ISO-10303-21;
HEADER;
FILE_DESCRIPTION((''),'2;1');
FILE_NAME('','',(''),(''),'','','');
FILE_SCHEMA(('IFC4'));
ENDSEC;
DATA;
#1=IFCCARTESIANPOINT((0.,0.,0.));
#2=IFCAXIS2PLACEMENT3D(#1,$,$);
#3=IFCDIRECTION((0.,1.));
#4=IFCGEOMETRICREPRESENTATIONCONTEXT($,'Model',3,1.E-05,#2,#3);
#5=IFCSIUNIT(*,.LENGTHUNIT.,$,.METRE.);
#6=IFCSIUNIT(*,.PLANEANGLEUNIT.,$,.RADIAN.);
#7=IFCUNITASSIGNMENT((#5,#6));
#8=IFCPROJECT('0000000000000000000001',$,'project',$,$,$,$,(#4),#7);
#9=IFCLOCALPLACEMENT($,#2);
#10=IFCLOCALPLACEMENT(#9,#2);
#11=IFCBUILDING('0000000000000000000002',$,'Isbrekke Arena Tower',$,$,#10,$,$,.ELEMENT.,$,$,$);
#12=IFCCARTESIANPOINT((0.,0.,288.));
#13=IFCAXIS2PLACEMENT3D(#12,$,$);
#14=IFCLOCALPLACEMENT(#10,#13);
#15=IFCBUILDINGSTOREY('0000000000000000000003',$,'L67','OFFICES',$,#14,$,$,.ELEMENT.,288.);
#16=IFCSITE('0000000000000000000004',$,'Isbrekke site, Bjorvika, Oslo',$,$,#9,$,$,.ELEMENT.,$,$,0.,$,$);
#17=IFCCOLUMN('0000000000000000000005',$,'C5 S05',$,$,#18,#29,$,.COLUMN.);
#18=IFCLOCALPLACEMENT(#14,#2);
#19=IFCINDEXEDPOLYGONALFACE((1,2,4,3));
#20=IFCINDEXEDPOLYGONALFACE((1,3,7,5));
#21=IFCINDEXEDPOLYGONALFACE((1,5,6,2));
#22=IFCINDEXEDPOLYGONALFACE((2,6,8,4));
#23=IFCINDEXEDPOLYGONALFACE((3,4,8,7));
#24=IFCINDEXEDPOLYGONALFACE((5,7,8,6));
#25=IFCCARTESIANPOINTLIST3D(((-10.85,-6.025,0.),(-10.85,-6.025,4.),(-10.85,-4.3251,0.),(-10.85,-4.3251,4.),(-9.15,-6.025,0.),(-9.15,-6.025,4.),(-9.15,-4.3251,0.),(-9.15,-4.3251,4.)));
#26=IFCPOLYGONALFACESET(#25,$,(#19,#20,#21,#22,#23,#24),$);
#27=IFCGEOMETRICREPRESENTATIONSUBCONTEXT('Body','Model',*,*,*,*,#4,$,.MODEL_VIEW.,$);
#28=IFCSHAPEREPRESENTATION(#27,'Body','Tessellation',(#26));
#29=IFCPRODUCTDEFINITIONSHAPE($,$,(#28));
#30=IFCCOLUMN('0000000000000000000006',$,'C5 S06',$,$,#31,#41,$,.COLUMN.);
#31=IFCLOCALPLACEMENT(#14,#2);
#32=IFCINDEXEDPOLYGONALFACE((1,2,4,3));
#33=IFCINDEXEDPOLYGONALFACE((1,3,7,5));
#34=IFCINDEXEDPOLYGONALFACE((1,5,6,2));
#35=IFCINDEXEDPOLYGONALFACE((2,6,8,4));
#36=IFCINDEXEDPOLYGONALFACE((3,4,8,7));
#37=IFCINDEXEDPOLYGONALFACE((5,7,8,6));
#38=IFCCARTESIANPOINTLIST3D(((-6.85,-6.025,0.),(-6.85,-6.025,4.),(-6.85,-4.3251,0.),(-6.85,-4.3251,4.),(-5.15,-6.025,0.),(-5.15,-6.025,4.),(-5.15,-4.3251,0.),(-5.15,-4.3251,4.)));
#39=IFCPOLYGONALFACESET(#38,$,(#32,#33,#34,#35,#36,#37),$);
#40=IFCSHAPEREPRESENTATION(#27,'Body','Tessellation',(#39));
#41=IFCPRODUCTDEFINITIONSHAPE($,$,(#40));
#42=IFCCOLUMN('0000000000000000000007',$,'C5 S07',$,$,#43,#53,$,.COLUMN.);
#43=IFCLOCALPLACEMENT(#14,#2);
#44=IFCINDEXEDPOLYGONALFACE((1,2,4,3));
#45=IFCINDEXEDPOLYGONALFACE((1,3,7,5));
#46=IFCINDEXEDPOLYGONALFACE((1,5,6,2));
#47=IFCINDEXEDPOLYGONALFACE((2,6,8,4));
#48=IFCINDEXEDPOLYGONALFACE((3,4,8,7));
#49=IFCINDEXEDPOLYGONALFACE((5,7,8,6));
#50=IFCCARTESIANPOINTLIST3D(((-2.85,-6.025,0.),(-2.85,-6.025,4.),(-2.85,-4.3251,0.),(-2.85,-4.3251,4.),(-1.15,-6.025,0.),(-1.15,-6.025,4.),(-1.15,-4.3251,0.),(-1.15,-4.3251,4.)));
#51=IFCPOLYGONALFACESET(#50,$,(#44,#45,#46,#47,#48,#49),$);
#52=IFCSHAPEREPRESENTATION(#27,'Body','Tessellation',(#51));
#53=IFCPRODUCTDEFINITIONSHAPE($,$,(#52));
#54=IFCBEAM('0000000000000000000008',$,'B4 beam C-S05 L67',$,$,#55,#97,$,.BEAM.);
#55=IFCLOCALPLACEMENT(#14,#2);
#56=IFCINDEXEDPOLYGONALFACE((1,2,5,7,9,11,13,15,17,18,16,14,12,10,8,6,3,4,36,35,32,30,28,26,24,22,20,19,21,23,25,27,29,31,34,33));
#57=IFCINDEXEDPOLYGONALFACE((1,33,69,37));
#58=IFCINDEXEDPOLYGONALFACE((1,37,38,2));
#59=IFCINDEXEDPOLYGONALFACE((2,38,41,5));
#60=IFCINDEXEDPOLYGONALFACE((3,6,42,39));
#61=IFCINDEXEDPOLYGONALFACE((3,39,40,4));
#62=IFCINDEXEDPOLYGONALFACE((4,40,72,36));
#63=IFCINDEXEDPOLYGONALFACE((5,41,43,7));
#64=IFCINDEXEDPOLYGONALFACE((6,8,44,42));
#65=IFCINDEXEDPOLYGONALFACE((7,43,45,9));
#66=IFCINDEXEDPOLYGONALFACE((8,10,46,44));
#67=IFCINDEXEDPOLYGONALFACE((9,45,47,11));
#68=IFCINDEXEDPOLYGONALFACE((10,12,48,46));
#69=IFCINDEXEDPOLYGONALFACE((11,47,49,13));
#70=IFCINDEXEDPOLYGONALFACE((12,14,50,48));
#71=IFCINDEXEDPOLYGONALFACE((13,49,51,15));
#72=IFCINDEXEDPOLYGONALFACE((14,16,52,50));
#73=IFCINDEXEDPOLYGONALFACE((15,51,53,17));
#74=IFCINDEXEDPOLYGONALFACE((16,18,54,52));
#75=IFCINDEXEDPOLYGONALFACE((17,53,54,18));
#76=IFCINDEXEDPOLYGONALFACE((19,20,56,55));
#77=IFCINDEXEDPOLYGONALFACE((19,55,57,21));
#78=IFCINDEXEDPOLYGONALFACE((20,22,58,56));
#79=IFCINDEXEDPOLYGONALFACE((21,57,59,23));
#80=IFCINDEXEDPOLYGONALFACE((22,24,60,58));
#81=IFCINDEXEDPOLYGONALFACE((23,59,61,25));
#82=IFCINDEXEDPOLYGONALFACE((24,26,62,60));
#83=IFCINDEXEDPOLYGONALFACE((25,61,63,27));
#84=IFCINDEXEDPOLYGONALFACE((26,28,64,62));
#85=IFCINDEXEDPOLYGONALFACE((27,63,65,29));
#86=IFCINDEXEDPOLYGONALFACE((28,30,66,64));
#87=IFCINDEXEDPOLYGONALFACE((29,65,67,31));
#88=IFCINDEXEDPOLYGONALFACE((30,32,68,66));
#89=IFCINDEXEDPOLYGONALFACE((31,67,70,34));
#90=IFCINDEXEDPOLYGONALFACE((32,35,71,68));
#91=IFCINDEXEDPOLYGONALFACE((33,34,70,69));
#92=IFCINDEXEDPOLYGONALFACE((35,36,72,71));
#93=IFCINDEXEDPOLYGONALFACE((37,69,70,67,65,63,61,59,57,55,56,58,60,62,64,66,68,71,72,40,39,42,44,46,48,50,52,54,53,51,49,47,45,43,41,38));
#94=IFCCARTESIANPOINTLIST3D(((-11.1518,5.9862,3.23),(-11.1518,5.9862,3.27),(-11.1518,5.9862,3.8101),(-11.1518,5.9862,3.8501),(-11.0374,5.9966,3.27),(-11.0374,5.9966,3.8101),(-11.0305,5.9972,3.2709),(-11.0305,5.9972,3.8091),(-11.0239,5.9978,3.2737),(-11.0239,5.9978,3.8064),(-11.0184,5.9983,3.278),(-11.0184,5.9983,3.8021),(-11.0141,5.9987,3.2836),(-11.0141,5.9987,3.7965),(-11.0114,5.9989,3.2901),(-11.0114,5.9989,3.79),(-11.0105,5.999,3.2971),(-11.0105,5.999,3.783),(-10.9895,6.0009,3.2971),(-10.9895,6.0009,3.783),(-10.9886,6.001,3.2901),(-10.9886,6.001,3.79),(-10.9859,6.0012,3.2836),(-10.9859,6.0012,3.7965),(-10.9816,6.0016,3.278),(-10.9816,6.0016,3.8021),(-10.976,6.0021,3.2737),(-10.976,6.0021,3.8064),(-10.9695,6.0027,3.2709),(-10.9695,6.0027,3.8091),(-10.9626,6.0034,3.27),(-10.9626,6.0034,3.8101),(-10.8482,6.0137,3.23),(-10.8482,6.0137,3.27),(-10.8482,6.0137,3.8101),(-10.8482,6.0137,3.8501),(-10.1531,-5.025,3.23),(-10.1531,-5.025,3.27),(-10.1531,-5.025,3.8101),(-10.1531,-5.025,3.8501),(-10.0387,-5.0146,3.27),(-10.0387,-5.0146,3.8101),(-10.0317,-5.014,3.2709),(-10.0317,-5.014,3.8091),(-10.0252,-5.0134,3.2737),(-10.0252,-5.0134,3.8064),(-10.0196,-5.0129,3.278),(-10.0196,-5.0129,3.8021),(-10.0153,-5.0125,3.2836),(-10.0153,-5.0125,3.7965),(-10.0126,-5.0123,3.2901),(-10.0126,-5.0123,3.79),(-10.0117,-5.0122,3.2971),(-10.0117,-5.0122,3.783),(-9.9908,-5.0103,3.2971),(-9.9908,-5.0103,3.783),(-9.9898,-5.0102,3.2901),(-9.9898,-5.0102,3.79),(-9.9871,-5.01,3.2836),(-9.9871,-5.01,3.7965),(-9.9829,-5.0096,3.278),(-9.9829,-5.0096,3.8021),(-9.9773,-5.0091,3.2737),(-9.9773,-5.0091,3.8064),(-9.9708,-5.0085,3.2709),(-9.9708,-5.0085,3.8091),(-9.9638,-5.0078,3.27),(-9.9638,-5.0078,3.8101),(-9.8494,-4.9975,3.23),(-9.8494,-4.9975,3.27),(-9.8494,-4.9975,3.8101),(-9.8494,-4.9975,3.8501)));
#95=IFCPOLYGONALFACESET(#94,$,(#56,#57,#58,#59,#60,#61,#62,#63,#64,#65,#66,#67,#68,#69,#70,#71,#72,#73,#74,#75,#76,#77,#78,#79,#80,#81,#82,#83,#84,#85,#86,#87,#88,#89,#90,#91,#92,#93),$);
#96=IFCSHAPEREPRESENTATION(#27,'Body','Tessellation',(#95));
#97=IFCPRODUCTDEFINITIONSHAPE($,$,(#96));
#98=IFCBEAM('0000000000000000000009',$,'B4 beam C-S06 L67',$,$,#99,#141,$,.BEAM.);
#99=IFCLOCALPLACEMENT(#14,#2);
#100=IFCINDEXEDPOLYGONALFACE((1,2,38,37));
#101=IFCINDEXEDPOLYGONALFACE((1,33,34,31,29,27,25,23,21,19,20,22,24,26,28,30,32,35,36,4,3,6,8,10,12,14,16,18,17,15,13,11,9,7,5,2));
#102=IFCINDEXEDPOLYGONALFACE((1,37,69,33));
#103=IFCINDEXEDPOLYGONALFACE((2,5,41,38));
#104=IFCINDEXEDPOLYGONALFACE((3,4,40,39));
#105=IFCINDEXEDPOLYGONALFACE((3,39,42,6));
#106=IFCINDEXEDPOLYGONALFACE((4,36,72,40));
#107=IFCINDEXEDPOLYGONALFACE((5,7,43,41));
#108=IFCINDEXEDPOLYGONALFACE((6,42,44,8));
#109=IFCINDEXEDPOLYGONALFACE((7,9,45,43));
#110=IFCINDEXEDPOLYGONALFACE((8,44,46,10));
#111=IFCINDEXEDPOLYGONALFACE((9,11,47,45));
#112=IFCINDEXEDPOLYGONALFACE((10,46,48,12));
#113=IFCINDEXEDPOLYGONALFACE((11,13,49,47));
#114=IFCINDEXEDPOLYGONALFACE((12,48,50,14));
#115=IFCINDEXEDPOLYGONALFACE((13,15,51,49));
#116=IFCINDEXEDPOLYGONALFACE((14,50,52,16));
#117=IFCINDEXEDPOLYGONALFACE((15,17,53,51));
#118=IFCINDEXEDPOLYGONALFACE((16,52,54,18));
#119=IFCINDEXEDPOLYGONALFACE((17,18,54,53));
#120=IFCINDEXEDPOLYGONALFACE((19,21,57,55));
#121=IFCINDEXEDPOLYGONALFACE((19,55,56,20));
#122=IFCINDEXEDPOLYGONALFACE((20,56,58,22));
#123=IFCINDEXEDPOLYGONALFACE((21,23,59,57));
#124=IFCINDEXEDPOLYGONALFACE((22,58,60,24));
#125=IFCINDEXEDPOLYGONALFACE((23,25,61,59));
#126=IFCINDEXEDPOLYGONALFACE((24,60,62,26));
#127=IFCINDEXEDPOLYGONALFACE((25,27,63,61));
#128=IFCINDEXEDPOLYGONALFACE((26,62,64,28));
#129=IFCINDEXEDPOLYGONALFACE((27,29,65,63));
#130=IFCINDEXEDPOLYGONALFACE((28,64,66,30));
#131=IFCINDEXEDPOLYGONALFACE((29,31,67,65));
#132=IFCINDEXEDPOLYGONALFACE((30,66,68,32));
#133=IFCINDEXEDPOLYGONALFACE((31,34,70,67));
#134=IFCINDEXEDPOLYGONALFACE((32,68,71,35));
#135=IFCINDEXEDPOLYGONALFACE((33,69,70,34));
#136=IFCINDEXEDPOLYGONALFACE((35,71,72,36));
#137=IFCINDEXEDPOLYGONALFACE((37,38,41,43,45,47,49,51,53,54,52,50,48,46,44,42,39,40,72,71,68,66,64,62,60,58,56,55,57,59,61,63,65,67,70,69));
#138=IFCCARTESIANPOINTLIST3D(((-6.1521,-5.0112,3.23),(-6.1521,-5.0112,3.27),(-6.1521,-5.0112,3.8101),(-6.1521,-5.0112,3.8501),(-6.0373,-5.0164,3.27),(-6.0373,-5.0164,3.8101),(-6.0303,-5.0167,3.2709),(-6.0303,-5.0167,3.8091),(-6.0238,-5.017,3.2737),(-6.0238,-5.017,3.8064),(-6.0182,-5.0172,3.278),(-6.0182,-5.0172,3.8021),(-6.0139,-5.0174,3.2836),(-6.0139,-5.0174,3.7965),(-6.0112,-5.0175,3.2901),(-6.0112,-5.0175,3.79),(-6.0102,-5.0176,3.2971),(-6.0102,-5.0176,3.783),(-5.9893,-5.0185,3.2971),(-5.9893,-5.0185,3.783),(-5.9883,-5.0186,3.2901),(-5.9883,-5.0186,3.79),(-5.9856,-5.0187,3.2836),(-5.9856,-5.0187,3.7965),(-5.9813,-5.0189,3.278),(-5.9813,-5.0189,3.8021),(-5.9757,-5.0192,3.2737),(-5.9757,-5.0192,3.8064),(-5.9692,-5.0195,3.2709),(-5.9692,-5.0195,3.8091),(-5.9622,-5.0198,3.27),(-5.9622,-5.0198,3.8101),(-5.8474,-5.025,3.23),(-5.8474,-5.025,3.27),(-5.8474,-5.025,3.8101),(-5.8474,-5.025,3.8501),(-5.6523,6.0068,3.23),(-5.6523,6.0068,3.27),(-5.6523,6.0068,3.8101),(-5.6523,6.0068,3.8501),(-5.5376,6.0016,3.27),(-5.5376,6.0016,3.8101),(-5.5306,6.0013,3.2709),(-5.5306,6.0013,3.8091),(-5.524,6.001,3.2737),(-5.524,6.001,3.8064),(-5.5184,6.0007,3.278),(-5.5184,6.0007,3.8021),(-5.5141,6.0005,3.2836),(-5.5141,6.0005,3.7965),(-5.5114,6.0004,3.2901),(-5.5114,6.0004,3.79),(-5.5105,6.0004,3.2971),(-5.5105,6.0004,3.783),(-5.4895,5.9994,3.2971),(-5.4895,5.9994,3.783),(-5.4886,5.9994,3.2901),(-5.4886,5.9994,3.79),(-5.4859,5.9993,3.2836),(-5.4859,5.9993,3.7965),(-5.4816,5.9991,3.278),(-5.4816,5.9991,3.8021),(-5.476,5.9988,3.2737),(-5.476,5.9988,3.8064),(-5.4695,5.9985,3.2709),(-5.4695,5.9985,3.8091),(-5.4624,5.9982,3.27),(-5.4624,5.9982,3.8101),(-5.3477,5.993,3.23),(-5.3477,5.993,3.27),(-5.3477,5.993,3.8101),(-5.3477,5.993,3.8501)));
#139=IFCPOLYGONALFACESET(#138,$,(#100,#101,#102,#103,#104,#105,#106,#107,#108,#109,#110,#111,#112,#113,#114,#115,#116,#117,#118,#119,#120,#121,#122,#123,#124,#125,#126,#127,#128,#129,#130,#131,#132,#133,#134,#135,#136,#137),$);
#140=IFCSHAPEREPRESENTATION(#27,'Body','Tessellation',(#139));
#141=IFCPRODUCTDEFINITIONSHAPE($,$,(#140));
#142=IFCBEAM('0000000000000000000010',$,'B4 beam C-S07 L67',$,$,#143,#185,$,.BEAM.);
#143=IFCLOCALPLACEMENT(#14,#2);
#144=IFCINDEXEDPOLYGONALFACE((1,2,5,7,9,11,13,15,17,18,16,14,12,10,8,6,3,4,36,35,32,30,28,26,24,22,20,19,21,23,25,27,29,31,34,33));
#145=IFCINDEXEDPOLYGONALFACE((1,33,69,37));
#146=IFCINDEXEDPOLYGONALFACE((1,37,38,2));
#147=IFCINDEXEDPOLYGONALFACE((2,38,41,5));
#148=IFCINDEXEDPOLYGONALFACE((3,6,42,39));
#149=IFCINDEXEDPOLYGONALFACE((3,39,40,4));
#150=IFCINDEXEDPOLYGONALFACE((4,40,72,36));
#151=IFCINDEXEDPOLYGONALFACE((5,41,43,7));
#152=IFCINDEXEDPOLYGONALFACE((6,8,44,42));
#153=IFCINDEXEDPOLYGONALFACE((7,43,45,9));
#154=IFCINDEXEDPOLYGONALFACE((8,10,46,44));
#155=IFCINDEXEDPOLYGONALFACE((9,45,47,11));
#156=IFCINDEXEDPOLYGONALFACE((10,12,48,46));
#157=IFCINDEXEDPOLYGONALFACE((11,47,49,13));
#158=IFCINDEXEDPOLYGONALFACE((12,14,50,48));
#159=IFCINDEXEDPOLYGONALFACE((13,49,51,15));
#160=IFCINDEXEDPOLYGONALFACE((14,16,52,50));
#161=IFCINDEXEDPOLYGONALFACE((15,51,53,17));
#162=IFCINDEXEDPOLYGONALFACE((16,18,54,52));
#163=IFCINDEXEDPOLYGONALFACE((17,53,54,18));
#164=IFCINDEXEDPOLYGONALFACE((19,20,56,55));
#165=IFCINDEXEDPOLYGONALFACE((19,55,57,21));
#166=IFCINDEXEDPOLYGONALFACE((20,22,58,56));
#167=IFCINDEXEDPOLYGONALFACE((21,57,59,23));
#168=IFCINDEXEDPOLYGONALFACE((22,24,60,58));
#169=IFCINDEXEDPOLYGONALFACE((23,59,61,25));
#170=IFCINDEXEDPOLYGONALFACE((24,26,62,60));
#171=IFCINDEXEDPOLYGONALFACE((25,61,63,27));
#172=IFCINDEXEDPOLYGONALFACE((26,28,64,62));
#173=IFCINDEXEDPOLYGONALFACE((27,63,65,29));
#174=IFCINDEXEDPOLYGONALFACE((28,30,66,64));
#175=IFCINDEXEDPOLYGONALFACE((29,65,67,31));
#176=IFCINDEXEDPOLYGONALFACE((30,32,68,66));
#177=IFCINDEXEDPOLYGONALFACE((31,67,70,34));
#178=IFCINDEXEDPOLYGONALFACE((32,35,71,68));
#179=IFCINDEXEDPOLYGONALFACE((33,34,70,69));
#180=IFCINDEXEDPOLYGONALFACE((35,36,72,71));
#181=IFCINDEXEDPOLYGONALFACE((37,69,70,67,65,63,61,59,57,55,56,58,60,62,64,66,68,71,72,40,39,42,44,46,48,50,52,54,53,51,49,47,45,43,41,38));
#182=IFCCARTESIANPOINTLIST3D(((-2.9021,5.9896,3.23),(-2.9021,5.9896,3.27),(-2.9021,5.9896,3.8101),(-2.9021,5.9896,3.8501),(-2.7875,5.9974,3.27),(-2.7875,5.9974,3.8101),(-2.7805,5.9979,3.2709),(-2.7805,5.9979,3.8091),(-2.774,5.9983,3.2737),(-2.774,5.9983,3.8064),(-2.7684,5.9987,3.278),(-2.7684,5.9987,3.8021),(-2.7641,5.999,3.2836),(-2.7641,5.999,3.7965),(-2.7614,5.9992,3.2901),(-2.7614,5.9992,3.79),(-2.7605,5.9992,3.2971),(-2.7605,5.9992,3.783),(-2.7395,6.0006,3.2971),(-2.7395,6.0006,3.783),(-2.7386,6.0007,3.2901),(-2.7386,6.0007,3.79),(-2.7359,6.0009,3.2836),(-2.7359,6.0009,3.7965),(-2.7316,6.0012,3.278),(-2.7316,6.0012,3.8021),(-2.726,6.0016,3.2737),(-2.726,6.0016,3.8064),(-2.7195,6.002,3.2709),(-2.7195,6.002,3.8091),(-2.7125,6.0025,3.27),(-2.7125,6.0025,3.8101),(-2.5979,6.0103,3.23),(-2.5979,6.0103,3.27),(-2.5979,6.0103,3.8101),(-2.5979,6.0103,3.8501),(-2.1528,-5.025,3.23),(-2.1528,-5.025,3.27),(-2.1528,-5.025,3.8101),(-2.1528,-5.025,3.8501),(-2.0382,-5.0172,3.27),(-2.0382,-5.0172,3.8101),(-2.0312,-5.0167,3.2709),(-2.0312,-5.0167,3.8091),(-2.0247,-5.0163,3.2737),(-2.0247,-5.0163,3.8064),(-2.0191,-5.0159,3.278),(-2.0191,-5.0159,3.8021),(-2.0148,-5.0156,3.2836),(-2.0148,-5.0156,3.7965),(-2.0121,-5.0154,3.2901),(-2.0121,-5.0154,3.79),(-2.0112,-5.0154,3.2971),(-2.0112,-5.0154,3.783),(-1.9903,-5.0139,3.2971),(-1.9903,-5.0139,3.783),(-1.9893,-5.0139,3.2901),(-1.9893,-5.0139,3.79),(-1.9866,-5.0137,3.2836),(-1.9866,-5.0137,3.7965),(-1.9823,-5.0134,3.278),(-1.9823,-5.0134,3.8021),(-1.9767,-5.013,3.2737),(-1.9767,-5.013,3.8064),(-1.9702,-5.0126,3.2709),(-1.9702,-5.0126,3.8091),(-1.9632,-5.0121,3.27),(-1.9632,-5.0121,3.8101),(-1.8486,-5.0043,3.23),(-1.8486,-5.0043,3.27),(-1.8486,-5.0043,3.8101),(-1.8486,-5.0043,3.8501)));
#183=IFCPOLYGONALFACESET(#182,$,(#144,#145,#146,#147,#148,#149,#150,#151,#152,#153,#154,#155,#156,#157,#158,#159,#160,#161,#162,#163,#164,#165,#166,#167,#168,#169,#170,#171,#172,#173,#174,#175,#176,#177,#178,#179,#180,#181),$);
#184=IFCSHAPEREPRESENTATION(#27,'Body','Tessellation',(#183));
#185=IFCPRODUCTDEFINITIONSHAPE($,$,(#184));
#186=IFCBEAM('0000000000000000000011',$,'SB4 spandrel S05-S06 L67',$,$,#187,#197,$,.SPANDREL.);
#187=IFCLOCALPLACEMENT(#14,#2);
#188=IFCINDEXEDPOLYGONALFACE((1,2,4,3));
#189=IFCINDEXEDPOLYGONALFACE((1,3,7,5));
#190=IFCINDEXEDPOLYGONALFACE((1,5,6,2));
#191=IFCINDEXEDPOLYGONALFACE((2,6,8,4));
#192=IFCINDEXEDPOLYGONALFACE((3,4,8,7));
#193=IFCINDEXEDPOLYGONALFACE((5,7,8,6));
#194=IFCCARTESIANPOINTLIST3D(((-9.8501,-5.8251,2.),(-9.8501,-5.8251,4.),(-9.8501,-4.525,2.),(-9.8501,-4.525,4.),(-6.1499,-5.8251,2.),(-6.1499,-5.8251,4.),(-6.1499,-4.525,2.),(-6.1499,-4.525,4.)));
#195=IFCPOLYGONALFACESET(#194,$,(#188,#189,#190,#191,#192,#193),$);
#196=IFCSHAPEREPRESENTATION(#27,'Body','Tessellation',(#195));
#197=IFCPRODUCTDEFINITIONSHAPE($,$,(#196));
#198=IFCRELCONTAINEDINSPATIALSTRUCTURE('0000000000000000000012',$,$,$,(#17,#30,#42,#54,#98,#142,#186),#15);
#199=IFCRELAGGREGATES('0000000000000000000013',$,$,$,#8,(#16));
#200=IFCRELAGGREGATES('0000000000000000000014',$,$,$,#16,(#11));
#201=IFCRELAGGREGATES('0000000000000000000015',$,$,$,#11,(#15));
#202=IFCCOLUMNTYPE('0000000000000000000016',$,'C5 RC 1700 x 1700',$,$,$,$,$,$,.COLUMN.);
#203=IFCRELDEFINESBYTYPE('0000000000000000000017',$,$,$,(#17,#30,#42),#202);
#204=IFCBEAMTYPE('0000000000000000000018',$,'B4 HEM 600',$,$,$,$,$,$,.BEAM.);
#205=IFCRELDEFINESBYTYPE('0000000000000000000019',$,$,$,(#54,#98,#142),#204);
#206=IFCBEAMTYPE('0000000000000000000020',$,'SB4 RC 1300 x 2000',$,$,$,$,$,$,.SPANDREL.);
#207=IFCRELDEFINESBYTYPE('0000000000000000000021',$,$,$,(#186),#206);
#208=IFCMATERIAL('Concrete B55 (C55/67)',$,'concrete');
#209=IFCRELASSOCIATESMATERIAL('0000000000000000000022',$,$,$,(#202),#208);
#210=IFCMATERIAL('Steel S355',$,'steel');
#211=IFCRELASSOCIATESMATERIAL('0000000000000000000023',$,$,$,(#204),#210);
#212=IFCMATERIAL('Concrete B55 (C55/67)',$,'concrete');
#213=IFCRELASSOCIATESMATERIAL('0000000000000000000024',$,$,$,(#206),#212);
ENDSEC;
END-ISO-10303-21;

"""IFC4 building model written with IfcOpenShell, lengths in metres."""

from ifc_helpers import new_model, si_unit, direction, frame, origin, origin_2d, place, context, subcontext, project, spatial, rectangle, i_section, extrude, material, material_profile, profile_set, type_object, element, save


model = new_model("IFC4")

# Units and contexts
model_context = context("Model", 3, precision=1e-05, world=origin(), true_north=direction((0.0, 1.0)))
body_context = subcontext(model_context, "Body", "Model", "MODEL_VIEW")
ifc_project = project(units=[si_unit("LENGTHUNIT", "METRE"), si_unit("PLANEANGLEUNIT", "RADIAN")], contexts=[model_context])

# Site, building, storey
site_placement = place(None, origin())
site = spatial("IfcSite", under=ifc_project, at=site_placement, Name="Isbrekke site, Bjorvika, Oslo", CompositionType="ELEMENT", RefElevation=0.0)
building_placement = place(site_placement, origin())
building = spatial("IfcBuilding", under=site, at=building_placement, Name="Isbrekke Arena Tower", CompositionType="ELEMENT")
storey_placement = place(building_placement, frame((0.0, 0.0, 288.0)))
storey = spatial("IfcBuildingStorey", under=building, at=storey_placement, Name="L67", Description="OFFICES", CompositionType="ELEMENT", Elevation=288.0)

# Columns
ifc_material_1 = material(Name="Concrete B55 (C55/67)", Category="concrete")
ifc_material_profile_1 = material_profile(ifc_material_1, rectangle(XDim=1.7, YDim=1.7, at=origin_2d()), Name="RC 1700x1700")
ifc_profile_set_1 = profile_set([ifc_material_profile_1], Name="Concrete B55 (C55/67)")
column_type = type_object("IfcColumnType", Name="C5 RC 1700 x 1700", PredefinedType="COLUMN", material=ifc_profile_set_1)
for number, where, z_axis, x_axis, name in (
    (1, (-10.0, -5.175, 0.0), (0.0, 0.0, 1.0), (1.0, 0.0, 0.0), "C5 S05"),
    (2, (-6.0, -5.175, 0.0), (0.0, 0.0, 1.0), (1.0, 0.0, 0.0), "C5 S06"),
    (3, (-2.0, -5.175, 0.0), (0.0, 0.0, 1.0), (1.0, 0.0, 0.0), "C5 S07"),
):
    element("IfcColumn", number, at=place(storey_placement, frame(where, z_axis=z_axis, x_axis=x_axis)), inside=storey, type_object=column_type, Name=name, PredefinedType="COLUMN", context=body_context, shape_type="SweptSolid", body=[
        extrude(rectangle(XDim=1.7, YDim=1.7, at=origin_2d()), origin(), (0.0, 0.0, 1.0), 4.0),
    ])

# Beams
ifc_material_2 = material(Name="Steel S355", Category="steel")
ifc_material_profile_2 = material_profile(ifc_material_2, i_section(OverallWidth=0.3049, OverallDepth=0.6201, WebThickness=0.021, FlangeThickness=0.04, FilletRadius=0.0271, at=origin_2d()), Name="HEM 600")
ifc_profile_set_2 = profile_set([ifc_material_profile_2], Name="Steel S355")
beam_type_1 = type_object("IfcBeamType", Name="B4 HEM 600", PredefinedType="BEAM", material=ifc_profile_set_2)
beam_1_placement = place(storey_placement, frame((-10.0012, -5.0112, 3.54), z_axis=(-0.090335, 0.995911, 0.0), x_axis=(-0.995911, -0.090335, 0.0)))
element("IfcBeam", 4, at=beam_1_placement, inside=storey, type_object=beam_type_1, Name="B4 beam C-S05 L67", PredefinedType="BEAM", context=body_context, shape_type="SweptSolid", body=[
    extrude(i_section(OverallWidth=0.3049, OverallDepth=0.6201, WebThickness=0.021, FlangeThickness=0.04, FilletRadius=0.0271, at=origin_2d()), origin(), (0.0, 0.0, 1.0), 11.0564),
])
beam_2_placement = place(storey_placement, frame((-5.9998, -5.0181, 3.54), z_axis=(0.045311, 0.998973, 0.0), x_axis=(-0.998973, 0.045311, 0.0)))
element("IfcBeam", 5, at=beam_2_placement, inside=storey, type_object=beam_type_1, Name="B4 beam C-S06 L67", PredefinedType="BEAM", context=body_context, shape_type="SweptSolid", body=[
    extrude(i_section(OverallWidth=0.3049, OverallDepth=0.6201, WebThickness=0.021, FlangeThickness=0.04, FilletRadius=0.0271, at=origin_2d()), origin(), (0.0, 0.0, 1.0), 11.0293),
])
beam_3_placement = place(storey_placement, frame((-2.0007, -5.0146, 3.54), z_axis=(-0.067868, 0.997694, 0.0), x_axis=(-0.997694, -0.067868, 0.0)))
element("IfcBeam", 6, at=beam_3_placement, inside=storey, type_object=beam_type_1, Name="B4 beam C-S07 L67", PredefinedType="BEAM", context=body_context, shape_type="SweptSolid", body=[
    extrude(i_section(OverallWidth=0.3049, OverallDepth=0.6201, WebThickness=0.021, FlangeThickness=0.04, FilletRadius=0.0271, at=origin_2d()), origin(), (0.0, 0.0, 1.0), 11.04),
])
ifc_material_3 = material(Name="Concrete B55 (C55/67)", Category="concrete")
ifc_material_profile_3 = material_profile(ifc_material_3, rectangle(XDim=1.3, YDim=2.0, at=origin_2d()), Name="RC 1300x2000")
ifc_profile_set_3 = profile_set([ifc_material_profile_3], Name="Concrete B55 (C55/67)")
beam_type_2 = type_object("IfcBeamType", Name="SB4 RC 1300 x 2000", PredefinedType="SPANDREL", material=ifc_profile_set_3)
for number, where, z_axis, x_axis, name in (
    (7, (-9.8501, -5.175, 3.0), (1.0, 0.0, 0.0), (0.0, 1.0, 0.0), "SB4 spandrel S05-S06 L67"),
):
    element("IfcBeam", number, at=place(storey_placement, frame(where, z_axis=z_axis, x_axis=x_axis)), inside=storey, type_object=beam_type_2, Name=name, PredefinedType="SPANDREL", context=body_context, shape_type="SweptSolid", body=[
        extrude(rectangle(XDim=1.3, YDim=2.0, at=origin_2d()), origin(), (0.0, 0.0, 1.0), 3.7002),
    ])

save(model, "model.ifc")
